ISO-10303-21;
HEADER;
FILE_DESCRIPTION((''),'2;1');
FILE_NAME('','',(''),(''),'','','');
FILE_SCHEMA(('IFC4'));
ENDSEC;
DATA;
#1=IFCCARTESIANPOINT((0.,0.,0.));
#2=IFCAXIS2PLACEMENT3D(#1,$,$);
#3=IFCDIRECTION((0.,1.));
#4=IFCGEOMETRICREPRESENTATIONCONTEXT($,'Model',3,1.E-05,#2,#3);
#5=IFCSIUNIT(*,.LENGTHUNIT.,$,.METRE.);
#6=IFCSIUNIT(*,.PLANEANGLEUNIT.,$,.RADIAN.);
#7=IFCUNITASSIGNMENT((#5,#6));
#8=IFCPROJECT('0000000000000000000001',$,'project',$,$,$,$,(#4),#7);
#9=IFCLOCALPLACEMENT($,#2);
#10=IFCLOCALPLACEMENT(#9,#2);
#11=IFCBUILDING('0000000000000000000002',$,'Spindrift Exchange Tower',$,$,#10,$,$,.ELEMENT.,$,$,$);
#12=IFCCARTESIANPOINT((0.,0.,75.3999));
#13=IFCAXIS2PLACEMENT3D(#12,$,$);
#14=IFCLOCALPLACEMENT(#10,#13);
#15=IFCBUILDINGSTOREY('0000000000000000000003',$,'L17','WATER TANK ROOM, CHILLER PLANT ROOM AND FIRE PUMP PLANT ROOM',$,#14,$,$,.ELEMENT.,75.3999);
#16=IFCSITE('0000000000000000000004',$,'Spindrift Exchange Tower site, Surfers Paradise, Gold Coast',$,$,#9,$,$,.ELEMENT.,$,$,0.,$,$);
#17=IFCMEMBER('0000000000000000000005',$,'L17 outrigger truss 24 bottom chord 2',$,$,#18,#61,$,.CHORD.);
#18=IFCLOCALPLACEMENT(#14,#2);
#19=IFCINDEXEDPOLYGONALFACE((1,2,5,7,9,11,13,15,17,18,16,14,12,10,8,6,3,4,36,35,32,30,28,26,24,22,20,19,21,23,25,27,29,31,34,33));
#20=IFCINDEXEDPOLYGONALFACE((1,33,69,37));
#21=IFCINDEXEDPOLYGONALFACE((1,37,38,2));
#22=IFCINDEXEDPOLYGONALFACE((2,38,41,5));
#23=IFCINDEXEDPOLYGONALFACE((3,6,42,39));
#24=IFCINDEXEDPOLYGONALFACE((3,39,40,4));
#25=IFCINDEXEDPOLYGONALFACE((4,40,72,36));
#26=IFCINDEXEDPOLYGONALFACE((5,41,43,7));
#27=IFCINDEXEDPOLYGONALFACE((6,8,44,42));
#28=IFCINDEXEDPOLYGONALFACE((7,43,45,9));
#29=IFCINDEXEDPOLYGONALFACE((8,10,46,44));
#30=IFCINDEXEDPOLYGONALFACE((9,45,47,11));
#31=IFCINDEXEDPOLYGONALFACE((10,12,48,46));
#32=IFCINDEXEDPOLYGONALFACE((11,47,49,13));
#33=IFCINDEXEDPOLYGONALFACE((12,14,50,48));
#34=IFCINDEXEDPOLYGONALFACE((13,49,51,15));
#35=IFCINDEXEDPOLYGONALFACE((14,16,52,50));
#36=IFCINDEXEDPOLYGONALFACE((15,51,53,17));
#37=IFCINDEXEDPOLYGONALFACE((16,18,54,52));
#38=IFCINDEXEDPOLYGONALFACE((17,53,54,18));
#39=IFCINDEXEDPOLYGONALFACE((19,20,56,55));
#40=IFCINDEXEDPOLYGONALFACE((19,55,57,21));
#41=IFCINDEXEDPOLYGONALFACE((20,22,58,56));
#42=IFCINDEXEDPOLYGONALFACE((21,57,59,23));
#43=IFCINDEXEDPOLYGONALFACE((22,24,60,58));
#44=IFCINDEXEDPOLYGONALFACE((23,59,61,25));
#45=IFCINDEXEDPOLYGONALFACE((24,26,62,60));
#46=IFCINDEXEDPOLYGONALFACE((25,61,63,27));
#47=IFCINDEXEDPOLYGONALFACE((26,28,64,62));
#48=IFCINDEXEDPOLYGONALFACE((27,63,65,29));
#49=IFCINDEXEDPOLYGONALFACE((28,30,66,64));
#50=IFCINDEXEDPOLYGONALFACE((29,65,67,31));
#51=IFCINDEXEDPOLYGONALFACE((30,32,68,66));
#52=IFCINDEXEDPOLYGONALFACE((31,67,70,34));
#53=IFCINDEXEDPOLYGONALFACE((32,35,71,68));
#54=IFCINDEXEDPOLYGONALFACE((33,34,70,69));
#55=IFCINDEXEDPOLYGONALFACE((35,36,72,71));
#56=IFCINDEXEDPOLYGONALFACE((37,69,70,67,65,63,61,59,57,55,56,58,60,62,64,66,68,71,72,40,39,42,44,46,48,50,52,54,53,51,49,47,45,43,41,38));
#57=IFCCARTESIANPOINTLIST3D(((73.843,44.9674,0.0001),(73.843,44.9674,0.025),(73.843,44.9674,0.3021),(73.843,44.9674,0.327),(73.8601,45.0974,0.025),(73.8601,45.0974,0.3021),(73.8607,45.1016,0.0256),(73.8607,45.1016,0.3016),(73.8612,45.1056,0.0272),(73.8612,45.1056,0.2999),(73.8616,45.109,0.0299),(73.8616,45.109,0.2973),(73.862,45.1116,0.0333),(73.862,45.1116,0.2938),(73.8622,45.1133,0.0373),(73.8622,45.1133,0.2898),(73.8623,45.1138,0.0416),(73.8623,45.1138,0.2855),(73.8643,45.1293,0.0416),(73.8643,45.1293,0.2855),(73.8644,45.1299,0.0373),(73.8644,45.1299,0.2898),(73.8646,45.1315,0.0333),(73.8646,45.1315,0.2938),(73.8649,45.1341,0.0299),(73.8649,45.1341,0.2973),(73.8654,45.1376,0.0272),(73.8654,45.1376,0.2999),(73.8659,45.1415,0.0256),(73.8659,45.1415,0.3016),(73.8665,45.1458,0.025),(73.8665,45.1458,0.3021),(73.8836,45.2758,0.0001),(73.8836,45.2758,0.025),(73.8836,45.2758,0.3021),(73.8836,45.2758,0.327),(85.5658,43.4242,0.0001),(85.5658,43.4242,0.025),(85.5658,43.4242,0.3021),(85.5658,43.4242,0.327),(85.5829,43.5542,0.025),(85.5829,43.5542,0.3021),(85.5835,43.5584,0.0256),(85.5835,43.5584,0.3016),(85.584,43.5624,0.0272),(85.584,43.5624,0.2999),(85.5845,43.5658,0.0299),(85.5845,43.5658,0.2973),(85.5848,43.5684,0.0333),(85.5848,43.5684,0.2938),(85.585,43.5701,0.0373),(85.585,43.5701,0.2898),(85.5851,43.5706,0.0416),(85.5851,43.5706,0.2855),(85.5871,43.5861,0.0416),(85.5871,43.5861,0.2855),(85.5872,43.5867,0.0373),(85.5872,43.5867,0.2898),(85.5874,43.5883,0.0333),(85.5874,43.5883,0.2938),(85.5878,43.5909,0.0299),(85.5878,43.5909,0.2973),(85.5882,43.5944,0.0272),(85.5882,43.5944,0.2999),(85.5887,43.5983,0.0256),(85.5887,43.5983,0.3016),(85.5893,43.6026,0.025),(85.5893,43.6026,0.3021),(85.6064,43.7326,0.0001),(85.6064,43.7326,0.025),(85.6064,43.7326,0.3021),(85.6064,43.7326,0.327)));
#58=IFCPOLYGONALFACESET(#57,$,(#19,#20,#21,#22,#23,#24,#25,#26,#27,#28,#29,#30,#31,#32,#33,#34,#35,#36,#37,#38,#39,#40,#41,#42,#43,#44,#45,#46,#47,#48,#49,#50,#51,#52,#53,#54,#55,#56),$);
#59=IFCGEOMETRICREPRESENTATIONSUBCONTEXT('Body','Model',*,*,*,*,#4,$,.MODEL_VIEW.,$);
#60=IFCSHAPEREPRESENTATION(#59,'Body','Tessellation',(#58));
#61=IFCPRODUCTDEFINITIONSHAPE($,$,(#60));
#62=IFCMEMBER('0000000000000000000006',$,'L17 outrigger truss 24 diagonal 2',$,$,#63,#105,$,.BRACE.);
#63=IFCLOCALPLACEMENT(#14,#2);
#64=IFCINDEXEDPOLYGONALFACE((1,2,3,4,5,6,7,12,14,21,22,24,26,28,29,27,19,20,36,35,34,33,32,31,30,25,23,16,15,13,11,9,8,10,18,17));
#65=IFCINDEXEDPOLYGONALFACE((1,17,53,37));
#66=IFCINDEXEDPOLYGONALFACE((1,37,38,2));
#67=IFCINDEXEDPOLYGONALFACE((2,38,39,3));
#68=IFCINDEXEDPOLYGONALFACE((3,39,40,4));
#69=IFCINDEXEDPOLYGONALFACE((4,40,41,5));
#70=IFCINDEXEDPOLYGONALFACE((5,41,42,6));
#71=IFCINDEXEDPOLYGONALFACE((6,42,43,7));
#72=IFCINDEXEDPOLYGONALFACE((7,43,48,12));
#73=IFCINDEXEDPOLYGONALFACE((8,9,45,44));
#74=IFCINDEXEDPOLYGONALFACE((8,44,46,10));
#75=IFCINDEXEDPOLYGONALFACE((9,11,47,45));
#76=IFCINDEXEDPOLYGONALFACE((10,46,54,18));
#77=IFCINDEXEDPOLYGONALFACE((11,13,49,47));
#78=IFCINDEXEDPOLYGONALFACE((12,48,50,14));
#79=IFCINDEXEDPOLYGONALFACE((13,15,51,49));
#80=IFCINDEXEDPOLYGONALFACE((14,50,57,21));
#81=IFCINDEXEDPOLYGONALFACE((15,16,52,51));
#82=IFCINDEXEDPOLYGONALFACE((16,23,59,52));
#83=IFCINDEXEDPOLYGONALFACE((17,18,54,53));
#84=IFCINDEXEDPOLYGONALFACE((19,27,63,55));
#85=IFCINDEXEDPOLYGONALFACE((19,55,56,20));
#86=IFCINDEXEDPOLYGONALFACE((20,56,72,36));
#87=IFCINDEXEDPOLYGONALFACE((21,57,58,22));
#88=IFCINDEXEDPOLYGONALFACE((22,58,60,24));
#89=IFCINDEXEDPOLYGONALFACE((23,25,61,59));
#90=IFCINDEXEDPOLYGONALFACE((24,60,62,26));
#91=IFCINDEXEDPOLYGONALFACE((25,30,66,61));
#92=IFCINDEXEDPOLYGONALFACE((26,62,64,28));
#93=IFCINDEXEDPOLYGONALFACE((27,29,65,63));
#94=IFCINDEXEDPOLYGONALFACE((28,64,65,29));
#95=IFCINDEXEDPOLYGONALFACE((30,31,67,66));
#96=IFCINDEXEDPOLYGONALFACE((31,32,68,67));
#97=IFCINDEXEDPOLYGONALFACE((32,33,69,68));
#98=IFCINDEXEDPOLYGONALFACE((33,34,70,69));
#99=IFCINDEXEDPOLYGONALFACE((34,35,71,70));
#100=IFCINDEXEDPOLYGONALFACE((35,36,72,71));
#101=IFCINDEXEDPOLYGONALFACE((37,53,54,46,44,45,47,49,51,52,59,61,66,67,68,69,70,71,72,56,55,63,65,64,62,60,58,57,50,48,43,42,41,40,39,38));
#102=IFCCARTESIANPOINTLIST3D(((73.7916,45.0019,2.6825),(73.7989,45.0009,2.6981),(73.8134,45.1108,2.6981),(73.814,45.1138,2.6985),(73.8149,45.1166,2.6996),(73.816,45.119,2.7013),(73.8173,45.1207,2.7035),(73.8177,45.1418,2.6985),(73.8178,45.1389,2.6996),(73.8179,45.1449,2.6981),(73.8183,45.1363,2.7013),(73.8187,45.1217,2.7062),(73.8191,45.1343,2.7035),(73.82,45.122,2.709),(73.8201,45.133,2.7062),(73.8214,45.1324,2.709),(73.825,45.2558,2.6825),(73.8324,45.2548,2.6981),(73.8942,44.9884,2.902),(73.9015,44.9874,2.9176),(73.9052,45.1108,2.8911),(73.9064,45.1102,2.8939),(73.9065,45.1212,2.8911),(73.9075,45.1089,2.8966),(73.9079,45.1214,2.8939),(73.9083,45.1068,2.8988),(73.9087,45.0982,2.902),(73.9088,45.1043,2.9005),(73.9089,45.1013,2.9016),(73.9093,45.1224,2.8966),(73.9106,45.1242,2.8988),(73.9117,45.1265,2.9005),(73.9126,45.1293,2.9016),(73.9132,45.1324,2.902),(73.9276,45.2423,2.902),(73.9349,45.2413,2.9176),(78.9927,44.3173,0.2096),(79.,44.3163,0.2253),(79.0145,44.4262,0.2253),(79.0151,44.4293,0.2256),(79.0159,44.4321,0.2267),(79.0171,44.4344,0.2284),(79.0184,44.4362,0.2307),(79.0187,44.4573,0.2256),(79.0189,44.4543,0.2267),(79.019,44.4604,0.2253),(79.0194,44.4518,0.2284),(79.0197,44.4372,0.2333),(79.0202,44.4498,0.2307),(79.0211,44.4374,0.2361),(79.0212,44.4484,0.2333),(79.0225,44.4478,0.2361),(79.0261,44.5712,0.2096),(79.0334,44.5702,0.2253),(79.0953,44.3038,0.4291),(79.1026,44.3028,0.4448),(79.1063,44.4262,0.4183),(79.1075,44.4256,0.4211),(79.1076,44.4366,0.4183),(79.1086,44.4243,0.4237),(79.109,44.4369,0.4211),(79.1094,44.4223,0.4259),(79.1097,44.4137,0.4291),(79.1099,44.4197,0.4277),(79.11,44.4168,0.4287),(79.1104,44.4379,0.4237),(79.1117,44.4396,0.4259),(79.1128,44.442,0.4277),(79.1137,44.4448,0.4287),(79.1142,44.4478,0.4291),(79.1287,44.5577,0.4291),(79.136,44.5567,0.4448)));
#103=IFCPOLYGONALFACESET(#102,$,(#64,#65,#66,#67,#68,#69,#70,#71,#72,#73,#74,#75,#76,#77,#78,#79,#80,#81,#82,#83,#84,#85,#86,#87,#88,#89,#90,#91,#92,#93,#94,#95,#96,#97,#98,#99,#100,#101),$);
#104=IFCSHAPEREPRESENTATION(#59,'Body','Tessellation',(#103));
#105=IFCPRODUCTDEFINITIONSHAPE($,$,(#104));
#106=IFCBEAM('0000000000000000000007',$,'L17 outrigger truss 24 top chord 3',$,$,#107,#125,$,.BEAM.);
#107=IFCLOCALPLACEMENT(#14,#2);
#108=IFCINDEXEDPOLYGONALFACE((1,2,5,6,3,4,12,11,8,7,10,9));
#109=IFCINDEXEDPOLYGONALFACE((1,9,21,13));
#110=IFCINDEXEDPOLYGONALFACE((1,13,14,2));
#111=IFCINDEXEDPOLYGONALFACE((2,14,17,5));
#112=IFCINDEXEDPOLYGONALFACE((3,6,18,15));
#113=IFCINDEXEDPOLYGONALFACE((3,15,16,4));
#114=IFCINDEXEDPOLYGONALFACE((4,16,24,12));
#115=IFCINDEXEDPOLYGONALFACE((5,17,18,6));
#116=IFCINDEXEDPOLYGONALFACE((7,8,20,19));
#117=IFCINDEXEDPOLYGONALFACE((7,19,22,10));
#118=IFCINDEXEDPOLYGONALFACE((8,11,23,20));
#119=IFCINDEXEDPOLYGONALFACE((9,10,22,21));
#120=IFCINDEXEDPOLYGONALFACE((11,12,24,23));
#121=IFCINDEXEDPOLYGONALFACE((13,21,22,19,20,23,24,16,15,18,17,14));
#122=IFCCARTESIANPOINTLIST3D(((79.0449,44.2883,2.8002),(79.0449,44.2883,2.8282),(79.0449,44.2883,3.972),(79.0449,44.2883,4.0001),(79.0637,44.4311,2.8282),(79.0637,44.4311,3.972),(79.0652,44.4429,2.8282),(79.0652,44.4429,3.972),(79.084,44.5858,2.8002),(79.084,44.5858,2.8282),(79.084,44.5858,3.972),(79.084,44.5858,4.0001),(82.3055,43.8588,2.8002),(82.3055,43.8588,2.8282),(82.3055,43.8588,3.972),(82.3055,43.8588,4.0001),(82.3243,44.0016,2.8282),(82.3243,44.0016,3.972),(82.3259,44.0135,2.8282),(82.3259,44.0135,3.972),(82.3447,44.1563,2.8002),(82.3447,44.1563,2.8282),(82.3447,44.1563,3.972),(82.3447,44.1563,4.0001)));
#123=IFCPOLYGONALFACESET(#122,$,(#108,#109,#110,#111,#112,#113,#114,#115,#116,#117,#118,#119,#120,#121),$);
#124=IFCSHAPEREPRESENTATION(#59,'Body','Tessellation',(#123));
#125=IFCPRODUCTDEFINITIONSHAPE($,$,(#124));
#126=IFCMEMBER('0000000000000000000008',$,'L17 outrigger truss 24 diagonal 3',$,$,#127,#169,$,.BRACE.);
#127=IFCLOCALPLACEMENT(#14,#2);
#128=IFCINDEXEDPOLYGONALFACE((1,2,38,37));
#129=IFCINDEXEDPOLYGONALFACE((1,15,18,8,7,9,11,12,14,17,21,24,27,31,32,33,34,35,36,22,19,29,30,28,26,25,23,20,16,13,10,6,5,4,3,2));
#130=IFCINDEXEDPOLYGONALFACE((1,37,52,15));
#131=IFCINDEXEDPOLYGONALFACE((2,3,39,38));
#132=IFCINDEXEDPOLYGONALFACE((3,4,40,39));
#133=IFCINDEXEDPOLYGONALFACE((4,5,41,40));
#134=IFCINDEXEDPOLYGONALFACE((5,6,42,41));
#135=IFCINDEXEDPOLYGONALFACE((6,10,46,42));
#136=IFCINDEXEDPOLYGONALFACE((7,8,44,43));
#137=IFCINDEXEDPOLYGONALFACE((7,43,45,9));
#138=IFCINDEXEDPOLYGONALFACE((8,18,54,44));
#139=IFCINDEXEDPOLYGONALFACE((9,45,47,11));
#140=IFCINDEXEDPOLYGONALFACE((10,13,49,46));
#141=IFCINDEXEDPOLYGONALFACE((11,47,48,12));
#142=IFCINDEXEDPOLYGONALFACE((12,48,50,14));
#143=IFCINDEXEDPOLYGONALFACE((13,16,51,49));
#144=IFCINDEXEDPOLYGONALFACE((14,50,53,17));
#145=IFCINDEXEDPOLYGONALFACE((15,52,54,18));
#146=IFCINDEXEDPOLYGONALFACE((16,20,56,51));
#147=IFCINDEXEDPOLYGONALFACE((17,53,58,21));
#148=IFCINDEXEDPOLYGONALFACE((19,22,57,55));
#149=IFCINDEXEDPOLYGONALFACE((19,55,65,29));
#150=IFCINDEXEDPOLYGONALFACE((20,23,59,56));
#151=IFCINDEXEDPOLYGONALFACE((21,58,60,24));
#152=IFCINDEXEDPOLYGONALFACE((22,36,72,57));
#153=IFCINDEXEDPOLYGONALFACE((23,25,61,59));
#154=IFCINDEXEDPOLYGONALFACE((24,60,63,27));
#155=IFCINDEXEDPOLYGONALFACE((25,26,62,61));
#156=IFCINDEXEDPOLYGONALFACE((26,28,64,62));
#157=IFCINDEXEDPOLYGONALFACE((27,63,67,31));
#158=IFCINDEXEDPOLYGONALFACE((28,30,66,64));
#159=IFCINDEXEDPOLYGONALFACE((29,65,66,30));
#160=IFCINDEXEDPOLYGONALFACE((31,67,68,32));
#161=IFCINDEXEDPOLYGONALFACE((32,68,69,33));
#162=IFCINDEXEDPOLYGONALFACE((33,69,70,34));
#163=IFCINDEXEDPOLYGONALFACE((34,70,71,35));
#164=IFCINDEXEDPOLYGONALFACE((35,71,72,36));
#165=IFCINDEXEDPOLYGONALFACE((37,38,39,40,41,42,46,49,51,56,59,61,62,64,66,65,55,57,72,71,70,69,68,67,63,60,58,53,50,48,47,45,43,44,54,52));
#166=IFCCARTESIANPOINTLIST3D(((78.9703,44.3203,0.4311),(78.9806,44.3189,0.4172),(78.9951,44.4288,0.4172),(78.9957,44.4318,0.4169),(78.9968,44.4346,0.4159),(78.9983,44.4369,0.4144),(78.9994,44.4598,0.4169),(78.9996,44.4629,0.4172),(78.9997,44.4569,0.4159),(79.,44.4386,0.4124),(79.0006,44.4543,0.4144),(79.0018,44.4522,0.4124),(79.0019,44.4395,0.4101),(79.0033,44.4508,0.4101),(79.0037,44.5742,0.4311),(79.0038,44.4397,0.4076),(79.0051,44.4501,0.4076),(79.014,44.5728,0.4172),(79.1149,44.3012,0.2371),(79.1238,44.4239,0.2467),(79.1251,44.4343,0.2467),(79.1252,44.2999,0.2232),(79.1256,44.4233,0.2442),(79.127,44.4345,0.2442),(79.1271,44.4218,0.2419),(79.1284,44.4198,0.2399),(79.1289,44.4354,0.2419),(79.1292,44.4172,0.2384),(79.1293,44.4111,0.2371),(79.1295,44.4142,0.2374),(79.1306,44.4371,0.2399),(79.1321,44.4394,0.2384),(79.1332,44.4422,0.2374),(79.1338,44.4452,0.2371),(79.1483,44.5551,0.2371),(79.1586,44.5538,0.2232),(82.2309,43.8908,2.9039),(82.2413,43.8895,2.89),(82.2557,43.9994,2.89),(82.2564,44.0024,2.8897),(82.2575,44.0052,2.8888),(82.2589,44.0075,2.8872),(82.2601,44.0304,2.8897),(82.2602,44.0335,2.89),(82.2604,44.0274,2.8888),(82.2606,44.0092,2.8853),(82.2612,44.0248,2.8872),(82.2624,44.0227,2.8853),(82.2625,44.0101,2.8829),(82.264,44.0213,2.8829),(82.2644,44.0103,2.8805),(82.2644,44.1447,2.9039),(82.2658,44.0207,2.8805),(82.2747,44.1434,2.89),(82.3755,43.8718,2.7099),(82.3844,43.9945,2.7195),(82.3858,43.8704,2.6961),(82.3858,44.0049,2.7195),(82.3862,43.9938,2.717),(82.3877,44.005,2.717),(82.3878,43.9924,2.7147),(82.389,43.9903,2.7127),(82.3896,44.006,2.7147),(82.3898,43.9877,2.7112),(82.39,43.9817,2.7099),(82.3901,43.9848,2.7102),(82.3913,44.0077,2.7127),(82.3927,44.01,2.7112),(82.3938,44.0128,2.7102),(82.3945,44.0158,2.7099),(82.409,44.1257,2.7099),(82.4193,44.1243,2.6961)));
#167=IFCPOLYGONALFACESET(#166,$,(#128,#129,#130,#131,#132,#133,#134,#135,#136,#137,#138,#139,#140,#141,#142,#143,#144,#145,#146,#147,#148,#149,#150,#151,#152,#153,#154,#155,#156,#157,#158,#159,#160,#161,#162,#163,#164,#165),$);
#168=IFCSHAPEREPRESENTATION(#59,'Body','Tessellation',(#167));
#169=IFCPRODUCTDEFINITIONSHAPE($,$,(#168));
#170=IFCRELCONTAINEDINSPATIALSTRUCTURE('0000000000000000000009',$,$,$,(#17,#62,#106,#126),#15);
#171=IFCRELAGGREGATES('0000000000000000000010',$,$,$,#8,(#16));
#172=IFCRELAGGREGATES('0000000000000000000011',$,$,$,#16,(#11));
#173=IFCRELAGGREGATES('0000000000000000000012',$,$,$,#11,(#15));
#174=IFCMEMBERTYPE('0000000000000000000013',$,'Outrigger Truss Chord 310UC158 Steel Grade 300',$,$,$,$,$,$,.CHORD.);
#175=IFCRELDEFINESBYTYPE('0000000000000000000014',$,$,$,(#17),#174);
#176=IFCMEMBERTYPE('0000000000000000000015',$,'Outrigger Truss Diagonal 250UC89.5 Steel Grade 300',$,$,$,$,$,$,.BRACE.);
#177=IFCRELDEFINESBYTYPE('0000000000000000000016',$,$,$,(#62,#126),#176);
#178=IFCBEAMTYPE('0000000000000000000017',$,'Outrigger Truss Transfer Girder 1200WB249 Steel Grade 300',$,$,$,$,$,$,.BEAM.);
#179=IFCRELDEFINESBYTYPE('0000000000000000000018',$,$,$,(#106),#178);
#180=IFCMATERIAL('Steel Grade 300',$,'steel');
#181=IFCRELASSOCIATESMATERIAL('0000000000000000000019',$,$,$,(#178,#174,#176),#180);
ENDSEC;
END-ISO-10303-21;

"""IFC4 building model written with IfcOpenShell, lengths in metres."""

from ifc_helpers import new_model, si_unit, direction, frame, origin, origin_2d, place, context, subcontext, project, spatial, i_section, extrude, source, transform, mapped, material, material_profile, profile_set, type_object, element, save


model = new_model("IFC4")

# Units and contexts
model_context = context("Model", 3, precision=1e-05, world=origin(), true_north=direction((0.0, 1.0)))
body_context = subcontext(model_context, "Body", "Model", "MODEL_VIEW")
ifc_project = project(units=[si_unit("LENGTHUNIT", "METRE"), si_unit("PLANEANGLEUNIT", "RADIAN")], contexts=[model_context])

# Site, building, storey
site_placement = place(None, origin())
site = spatial("IfcSite", under=ifc_project, at=site_placement, Name="Spindrift Exchange Tower site, Surfers Paradise, Gold Coast", CompositionType="ELEMENT", RefElevation=0.0)
building_placement = place(site_placement, origin())
building = spatial("IfcBuilding", under=site, at=building_placement, Name="Spindrift Exchange Tower", CompositionType="ELEMENT")
storey_placement = place(building_placement, frame((0.0, 0.0, 75.3999)))
storey = spatial("IfcBuildingStorey", under=building, at=storey_placement, Name="L17", Description="WATER TANK ROOM, CHILLER PLANT ROOM AND FIRE PUMP PLANT ROOM", CompositionType="ELEMENT", Elevation=75.3999)

# Shared definitions
ifc_material_1 = material(Name="Steel Grade 300", Category="steel")

# Shared definitions
ifc_material_profile_1 = material_profile(ifc_material_1, i_section(OverallWidth=0.3, OverallDepth=1.2, WebThickness=0.012, FlangeThickness=0.0281, at=origin_2d()), Name="1200WB249")
ifc_profile_set_1 = profile_set([ifc_material_profile_1], Name="Steel Grade 300")
beam_type = type_object("IfcBeamType", Name="Outrigger Truss Transfer Girder 1200WB249 Steel Grade 300", PredefinedType="BEAM", material=ifc_profile_set_1)

# Shared definitions
ifc_material_profile_2 = material_profile(ifc_material_1, i_section(OverallWidth=0.311, OverallDepth=0.3269, WebThickness=0.0156, FlangeThickness=0.0249, FilletRadius=0.0166, at=origin_2d()), Name="310UC158")
ifc_profile_set_2 = profile_set([ifc_material_profile_2], Name="Steel Grade 300")
member_type_1 = type_object("IfcMemberType", Name="Outrigger Truss Chord 310UC158 Steel Grade 300", PredefinedType="CHORD", material=ifc_profile_set_2)
ifc_material_profile_3 = material_profile(ifc_material_1, i_section(OverallWidth=0.2561, OverallDepth=0.26, WebThickness=0.0105, FlangeThickness=0.0173, FilletRadius=0.012, at=origin_2d()), Name="250UC89.5")
ifc_profile_set_3 = profile_set([ifc_material_profile_3], Name="Steel Grade 300")
member_type_2 = type_object("IfcMemberType", Name="Outrigger Truss Diagonal 250UC89.5 Steel Grade 300", PredefinedType="BRACE", material=ifc_profile_set_3)

# Members
shared_shape_1 = source(origin(), body_context, "Body", "SweptSolid", [
    extrude(i_section(OverallWidth=0.311, OverallDepth=0.3269, WebThickness=0.0156, FlangeThickness=0.0249, FilletRadius=0.0166, at=origin_2d()), origin(), (0.0, 0.0, 1.0), 11.824),
])
member_1_placement = place(storey_placement, frame((73.8633, 45.1216, 0.1636), z_axis=(0.991446, -0.130515, 0.0), x_axis=(0.130515, 0.991446, 0.0)))
element("IfcMember", 1, at=member_1_placement, inside=storey, type_object=member_type_1, Name="L17 outrigger truss 24 bottom chord 2", PredefinedType="CHORD", context=body_context, shape_type="MappedRepresentation", body=[
    mapped(shared_shape_1, transform((0.0, 0.0, 0.0), scale=1.0)),
])
shared_shape_2 = source(origin(), body_context, "Body", "SweptSolid", [
    extrude(i_section(OverallWidth=0.2561, OverallDepth=0.26, WebThickness=0.0105, FlangeThickness=0.0173, FilletRadius=0.012, at=origin_2d()), origin(), (0.0, 0.0, 1.0), 5.7996),
])
member_2_placement = place(storey_placement, frame((73.8633, 45.1216, 2.8), z_axis=(0.896806, -0.118036, -0.426387), x_axis=(0.130493, 0.991449, 0.0)))
element("IfcMember", 2, at=member_2_placement, inside=storey, type_object=member_type_2, Name="L17 outrigger truss 24 diagonal 2", PredefinedType="BRACE", context=body_context, shape_type="MappedRepresentation", body=[
    mapped(shared_shape_2, transform((0.0, 0.0, 0.0), scale=1.0)),
])

# Beam
shared_shape_3 = source(origin(), body_context, "Body", "SweptSolid", [
    extrude(i_section(OverallWidth=0.3, OverallDepth=1.2, WebThickness=0.012, FlangeThickness=0.0281, at=origin_2d()), origin(), (0.0, 0.0, 1.0), 3.2888),
])
beam_1_placement = place(storey_placement, frame((79.0645, 44.437, 3.4001), z_axis=(0.991439, -0.130574, 0.0), x_axis=(0.130574, 0.991439, 0.0)))
element("IfcBeam", 3, at=beam_1_placement, inside=storey, type_object=beam_type, Name="L17 outrigger truss 24 top chord 3", PredefinedType="BEAM", context=body_context, shape_type="MappedRepresentation", body=[
    mapped(shared_shape_3, transform((0.0, 0.0, 0.0), scale=1.0)),
])

# Member
shared_shape_4 = source(origin(), body_context, "Body", "SweptSolid", [
    extrude(i_section(OverallWidth=0.2561, OverallDepth=0.26, WebThickness=0.0105, FlangeThickness=0.0173, FilletRadius=0.012, at=origin_2d()), origin(), (0.0, 0.0, 1.0), 4.1147),
])
member_3_placement = place(storey_placement, frame((79.0645, 44.437, 0.3271), z_axis=(0.79243, -0.104364, 0.600968), x_axis=(0.130574, 0.991439, 0.0)))
element("IfcMember", 4, at=member_3_placement, inside=storey, type_object=member_type_2, Name="L17 outrigger truss 24 diagonal 3", PredefinedType="BRACE", context=body_context, shape_type="MappedRepresentation", body=[
    mapped(shared_shape_4, transform((0.0, 0.0, 0.0), scale=1.0)),
])

save(model, "model.ifc")
